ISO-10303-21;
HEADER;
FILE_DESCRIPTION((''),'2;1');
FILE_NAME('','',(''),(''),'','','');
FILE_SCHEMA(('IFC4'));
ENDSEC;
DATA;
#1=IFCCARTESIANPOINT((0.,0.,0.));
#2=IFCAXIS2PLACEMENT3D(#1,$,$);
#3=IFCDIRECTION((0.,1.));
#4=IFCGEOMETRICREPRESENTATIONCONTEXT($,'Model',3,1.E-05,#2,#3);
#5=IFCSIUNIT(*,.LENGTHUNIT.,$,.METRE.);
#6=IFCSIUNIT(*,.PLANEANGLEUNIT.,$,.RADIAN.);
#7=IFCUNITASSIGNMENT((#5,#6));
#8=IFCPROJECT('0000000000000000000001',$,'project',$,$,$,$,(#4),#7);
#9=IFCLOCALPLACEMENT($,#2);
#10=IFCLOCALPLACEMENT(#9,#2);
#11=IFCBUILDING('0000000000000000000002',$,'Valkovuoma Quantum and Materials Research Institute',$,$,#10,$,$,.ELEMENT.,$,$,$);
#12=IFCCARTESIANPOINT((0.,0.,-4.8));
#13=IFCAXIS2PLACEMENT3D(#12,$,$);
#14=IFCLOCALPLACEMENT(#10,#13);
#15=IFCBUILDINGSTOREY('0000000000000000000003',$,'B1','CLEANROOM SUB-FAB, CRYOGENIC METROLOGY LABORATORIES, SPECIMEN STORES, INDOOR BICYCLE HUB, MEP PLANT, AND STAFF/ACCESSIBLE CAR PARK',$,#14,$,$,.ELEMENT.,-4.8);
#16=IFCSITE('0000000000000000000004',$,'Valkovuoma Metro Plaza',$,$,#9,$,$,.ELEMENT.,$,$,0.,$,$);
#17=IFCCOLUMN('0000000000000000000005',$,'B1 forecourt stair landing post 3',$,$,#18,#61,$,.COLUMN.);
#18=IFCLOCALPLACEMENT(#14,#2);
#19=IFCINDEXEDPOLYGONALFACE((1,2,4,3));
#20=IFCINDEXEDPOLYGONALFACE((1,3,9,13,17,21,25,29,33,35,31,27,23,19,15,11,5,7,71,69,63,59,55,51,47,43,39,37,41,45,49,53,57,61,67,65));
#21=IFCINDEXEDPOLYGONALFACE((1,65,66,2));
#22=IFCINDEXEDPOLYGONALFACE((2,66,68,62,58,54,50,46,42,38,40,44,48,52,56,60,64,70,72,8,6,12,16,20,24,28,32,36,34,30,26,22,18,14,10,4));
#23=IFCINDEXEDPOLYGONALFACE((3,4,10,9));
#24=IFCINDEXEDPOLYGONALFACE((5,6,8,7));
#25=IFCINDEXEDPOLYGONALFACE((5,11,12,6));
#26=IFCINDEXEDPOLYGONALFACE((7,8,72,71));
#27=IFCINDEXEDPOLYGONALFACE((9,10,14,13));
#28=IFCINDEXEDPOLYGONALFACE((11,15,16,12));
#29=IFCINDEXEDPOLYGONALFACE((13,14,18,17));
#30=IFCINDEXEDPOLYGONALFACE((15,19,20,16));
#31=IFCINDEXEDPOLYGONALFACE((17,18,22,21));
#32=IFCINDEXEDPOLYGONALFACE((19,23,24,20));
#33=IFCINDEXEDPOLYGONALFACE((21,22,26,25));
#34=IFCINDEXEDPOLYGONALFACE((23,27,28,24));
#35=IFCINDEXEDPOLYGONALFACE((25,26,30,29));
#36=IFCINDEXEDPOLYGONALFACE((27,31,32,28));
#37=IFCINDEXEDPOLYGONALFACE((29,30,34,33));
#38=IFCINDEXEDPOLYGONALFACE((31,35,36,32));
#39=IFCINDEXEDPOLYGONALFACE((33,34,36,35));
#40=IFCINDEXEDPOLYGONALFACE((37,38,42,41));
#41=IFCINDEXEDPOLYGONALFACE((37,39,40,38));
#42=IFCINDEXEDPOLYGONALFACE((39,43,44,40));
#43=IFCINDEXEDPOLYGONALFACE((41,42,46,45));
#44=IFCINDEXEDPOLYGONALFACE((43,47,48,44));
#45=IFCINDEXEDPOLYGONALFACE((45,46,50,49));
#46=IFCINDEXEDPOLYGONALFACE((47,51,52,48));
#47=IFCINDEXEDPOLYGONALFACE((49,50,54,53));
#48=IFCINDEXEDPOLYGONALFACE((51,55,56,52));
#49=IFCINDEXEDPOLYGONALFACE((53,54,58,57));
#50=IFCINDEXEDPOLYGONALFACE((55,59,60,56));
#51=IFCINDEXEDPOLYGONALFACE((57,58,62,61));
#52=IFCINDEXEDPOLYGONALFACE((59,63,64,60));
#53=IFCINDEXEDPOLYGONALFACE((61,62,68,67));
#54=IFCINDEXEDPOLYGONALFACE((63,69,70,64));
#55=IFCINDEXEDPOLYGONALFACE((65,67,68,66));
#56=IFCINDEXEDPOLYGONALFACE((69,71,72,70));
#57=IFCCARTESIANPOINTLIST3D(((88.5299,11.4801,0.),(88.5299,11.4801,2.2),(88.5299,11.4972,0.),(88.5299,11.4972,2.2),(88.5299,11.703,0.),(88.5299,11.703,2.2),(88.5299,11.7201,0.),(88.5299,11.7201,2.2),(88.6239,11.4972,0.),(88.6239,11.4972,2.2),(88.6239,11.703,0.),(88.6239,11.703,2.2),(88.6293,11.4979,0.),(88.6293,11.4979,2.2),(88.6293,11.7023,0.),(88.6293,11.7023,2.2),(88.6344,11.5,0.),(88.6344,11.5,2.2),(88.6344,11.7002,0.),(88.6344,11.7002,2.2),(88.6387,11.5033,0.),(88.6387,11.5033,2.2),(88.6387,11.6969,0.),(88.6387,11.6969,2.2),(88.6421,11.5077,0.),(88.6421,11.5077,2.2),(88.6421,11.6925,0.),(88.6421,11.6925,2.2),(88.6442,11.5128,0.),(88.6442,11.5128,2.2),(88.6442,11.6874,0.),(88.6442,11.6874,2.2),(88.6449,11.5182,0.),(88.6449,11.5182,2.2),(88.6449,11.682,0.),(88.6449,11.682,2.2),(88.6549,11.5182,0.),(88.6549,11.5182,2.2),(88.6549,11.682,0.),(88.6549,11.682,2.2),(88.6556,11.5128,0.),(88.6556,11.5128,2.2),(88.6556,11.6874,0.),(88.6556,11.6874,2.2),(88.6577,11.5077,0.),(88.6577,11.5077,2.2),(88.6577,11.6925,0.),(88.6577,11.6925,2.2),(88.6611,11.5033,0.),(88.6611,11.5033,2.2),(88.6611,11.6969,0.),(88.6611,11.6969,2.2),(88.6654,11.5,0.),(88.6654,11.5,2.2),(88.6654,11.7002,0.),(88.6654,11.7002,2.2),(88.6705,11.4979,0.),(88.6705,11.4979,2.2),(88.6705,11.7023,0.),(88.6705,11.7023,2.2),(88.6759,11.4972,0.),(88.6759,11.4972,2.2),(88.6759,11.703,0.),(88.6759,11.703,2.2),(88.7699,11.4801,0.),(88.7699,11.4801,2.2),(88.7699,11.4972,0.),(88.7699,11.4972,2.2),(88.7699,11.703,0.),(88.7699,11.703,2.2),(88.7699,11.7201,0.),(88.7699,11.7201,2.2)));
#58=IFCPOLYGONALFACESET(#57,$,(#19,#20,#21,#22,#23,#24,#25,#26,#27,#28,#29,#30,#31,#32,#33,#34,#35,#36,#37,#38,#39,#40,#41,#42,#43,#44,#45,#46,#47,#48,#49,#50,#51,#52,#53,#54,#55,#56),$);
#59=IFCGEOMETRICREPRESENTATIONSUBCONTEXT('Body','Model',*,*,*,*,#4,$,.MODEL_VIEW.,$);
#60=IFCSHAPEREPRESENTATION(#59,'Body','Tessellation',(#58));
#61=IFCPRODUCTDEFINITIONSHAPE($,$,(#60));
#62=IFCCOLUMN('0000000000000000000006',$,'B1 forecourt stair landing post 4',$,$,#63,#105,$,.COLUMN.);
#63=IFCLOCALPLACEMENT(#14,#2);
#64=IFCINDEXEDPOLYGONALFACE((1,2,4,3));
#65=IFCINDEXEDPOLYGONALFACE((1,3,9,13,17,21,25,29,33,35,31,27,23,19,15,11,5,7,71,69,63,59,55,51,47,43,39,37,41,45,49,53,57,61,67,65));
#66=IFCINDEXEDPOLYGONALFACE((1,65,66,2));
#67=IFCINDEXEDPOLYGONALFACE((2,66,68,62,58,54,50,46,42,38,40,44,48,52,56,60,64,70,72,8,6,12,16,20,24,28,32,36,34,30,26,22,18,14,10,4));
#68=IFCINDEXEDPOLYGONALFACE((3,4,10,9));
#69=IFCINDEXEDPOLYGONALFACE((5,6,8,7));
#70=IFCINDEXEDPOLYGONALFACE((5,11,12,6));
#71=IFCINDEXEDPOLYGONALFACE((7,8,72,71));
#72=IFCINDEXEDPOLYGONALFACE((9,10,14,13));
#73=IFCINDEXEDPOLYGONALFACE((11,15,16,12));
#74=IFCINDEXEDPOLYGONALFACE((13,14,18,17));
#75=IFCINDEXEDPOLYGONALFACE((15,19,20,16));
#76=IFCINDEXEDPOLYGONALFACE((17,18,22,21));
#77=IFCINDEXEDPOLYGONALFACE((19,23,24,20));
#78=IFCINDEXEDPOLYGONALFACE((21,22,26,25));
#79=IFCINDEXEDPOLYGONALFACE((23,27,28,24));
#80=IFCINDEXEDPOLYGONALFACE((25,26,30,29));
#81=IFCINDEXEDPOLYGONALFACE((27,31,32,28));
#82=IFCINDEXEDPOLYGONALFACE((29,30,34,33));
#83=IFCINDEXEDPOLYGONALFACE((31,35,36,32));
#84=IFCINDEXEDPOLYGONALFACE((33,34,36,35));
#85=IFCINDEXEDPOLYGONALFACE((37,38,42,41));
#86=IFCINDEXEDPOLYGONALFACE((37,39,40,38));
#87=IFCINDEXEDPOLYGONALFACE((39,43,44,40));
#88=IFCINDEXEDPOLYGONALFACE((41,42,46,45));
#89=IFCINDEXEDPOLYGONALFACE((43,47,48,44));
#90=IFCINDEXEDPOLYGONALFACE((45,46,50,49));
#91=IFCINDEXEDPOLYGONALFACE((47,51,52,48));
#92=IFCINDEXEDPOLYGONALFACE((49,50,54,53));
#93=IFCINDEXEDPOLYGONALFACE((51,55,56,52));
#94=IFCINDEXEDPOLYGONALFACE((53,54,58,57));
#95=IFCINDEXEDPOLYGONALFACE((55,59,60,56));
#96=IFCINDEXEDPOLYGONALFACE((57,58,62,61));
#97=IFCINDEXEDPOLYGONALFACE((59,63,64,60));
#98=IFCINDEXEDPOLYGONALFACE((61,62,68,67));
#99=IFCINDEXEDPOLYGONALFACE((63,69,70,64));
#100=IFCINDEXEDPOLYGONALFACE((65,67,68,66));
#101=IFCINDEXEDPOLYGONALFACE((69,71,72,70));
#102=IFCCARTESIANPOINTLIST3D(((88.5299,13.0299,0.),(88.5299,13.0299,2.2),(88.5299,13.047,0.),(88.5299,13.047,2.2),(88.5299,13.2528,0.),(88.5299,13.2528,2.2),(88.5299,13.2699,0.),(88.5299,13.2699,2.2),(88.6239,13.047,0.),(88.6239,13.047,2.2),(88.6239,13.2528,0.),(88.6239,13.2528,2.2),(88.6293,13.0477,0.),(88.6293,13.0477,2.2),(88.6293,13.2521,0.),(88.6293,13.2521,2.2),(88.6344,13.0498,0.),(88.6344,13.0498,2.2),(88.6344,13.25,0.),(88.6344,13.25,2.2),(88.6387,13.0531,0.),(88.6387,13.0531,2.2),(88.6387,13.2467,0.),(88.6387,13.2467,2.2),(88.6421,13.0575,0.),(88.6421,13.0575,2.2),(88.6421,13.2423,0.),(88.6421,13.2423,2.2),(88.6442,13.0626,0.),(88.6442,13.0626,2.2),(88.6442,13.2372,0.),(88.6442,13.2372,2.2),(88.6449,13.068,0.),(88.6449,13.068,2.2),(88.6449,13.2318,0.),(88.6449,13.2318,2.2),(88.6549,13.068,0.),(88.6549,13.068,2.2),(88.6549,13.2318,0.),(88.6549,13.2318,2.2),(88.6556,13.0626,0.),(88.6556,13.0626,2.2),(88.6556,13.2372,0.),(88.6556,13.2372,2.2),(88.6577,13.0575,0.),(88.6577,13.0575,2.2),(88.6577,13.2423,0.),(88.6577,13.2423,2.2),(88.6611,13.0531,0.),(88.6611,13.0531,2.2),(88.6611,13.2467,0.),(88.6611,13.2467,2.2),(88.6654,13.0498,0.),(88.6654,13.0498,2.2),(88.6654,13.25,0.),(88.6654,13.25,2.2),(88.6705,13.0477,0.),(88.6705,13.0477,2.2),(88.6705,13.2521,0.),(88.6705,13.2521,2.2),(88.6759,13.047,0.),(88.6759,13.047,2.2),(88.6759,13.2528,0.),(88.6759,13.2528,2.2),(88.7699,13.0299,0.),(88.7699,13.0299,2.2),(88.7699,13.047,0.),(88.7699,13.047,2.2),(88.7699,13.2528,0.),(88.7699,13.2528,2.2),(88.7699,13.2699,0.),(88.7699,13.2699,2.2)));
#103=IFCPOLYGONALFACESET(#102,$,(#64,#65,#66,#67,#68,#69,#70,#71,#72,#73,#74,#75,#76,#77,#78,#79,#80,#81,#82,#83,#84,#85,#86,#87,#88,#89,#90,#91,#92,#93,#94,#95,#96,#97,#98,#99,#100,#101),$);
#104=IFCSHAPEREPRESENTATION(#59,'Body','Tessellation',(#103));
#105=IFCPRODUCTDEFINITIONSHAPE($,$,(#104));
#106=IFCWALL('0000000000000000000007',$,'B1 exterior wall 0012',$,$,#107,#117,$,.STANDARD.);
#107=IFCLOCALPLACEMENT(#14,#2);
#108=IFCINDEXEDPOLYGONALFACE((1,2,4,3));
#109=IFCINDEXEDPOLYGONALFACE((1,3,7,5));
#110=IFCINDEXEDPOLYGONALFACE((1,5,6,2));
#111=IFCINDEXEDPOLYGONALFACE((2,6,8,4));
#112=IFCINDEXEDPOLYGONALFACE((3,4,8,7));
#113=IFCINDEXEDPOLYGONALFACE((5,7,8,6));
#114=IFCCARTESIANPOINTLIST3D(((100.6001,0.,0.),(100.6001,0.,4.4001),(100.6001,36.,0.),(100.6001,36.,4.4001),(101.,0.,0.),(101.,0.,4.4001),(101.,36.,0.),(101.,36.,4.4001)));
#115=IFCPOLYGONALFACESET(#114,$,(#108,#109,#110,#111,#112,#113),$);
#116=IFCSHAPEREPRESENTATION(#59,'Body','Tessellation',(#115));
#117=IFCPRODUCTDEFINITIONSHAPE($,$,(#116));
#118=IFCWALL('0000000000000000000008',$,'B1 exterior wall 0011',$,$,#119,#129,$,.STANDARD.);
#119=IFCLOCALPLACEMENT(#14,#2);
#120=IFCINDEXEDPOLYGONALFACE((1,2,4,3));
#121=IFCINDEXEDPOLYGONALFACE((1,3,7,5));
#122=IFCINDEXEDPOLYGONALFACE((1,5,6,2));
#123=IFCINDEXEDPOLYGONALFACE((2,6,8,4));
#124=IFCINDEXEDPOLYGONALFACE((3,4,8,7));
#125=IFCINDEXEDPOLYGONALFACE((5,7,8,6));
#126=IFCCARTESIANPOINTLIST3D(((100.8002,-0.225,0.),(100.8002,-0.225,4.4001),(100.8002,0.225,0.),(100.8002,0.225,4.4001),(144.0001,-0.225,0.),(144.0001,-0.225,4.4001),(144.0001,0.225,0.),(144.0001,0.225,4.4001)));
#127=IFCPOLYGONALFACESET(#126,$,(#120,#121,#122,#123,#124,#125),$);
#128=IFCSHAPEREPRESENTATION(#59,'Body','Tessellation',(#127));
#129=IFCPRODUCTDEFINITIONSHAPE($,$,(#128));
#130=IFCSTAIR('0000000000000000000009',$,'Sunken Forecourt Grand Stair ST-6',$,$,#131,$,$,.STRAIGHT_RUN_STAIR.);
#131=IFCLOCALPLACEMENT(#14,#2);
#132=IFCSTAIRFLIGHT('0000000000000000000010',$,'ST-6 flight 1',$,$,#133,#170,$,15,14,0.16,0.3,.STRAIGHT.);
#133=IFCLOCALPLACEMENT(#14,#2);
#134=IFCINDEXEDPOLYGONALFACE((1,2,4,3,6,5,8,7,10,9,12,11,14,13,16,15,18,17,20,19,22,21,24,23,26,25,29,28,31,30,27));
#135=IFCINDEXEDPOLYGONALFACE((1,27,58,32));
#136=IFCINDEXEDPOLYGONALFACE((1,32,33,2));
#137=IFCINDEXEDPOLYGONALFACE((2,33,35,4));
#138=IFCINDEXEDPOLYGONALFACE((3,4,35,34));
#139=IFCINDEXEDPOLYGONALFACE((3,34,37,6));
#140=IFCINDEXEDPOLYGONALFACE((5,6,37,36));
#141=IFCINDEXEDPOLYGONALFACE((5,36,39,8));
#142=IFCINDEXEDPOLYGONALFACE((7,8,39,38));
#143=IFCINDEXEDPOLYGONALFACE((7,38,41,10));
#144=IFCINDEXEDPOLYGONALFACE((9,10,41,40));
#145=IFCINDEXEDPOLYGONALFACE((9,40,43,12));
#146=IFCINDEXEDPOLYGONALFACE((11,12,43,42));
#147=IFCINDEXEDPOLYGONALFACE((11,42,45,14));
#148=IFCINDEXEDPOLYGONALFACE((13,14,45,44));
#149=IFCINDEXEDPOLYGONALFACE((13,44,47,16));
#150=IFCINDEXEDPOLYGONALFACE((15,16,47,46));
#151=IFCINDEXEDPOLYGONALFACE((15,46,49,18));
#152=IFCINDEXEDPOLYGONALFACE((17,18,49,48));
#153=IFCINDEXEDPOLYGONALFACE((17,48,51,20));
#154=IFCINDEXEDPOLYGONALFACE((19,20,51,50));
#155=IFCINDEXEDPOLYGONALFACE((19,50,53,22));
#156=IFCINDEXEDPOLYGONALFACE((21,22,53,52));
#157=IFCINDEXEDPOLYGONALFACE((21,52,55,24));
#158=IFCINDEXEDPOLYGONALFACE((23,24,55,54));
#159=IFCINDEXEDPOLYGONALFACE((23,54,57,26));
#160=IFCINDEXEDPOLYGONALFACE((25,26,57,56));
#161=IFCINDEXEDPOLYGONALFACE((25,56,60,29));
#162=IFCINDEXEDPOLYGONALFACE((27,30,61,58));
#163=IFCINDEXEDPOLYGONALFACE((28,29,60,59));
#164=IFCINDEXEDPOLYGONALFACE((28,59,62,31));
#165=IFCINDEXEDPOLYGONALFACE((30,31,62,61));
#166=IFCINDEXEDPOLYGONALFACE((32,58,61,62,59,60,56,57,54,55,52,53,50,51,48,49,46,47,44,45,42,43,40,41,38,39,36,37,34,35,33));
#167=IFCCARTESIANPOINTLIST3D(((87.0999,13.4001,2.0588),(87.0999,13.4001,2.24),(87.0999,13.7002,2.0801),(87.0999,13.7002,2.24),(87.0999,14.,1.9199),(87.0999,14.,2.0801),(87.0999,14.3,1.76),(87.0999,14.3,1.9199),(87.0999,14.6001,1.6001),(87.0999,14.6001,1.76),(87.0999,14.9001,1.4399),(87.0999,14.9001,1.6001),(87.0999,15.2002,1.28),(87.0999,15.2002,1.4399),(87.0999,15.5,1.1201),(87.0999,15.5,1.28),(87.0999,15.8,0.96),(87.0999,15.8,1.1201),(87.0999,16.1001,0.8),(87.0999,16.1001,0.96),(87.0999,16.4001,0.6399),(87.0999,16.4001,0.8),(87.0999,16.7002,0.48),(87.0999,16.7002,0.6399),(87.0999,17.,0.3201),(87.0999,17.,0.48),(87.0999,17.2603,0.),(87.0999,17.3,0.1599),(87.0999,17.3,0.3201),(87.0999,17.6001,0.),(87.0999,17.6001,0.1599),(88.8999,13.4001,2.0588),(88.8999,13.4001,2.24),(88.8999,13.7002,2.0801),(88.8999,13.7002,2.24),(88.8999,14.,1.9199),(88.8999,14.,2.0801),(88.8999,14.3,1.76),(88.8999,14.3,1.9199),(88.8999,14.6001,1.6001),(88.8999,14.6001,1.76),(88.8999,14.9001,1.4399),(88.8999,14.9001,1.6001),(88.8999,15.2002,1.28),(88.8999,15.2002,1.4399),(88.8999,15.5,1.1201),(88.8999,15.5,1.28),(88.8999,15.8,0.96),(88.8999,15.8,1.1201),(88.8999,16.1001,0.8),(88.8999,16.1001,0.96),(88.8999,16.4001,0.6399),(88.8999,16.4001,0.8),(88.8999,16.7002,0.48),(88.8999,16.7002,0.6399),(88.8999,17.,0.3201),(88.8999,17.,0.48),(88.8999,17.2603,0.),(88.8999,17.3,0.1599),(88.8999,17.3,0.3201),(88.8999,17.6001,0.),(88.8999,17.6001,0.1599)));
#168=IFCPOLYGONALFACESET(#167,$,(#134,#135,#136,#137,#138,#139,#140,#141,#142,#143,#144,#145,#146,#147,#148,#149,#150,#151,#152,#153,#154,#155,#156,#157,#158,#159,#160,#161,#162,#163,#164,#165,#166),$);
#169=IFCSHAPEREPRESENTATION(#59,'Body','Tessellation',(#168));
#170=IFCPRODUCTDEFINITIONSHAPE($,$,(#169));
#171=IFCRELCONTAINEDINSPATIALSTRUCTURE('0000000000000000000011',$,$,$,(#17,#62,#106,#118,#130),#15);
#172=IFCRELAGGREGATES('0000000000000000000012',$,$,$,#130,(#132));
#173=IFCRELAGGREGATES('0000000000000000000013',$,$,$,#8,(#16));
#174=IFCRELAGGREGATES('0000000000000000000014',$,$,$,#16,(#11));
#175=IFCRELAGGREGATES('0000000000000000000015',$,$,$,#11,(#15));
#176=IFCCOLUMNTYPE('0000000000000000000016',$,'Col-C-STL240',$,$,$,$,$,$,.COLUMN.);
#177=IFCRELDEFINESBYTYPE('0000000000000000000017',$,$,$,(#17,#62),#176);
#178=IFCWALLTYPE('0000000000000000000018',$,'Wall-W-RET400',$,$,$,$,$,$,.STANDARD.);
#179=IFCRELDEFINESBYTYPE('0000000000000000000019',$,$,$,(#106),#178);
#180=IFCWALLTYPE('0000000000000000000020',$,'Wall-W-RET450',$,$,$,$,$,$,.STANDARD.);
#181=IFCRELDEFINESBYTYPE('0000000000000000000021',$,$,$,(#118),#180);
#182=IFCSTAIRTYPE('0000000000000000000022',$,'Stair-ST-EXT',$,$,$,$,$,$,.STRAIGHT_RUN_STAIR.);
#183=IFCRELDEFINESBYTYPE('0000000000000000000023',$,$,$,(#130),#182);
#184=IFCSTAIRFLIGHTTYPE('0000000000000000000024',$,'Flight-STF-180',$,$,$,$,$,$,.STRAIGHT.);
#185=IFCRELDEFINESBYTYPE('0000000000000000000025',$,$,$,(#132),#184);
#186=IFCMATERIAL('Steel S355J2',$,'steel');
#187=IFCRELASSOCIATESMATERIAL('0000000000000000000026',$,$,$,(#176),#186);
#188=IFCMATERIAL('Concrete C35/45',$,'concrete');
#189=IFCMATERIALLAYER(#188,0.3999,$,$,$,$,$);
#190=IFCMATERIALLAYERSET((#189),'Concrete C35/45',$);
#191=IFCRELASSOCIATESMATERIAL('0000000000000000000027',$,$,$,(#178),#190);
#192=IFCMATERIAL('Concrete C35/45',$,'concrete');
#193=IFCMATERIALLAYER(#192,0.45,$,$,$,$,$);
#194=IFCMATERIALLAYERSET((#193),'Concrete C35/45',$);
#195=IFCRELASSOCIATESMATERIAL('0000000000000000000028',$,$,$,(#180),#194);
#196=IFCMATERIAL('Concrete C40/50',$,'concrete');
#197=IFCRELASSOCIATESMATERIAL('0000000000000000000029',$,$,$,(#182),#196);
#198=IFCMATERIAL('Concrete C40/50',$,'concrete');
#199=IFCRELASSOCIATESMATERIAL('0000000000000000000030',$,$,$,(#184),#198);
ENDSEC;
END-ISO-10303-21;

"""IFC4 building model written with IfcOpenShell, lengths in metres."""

from ifc_helpers import new_model, si_unit, direction, frame, frame_2d, origin, origin_2d, place, context, subcontext, project, spatial, polyline, rectangle, i_section, outline, extrude, material, layer, layer_set, material_profile, profile_set, type_object, element, aggregate, save


model = new_model("IFC4")

# Units and contexts
model_context = context("Model", 3, precision=1e-05, world=origin(), true_north=direction((0.0, 1.0)))
body_context = subcontext(model_context, "Body", "Model", "MODEL_VIEW")
ifc_project = project(units=[si_unit("LENGTHUNIT", "METRE"), si_unit("PLANEANGLEUNIT", "RADIAN")], contexts=[model_context])

# Site, building, storey
site_placement = place(None, origin())
site = spatial("IfcSite", under=ifc_project, at=site_placement, Name="Valkovuoma Metro Plaza", CompositionType="ELEMENT", RefElevation=0.0)
building_placement = place(site_placement, origin())
building = spatial("IfcBuilding", under=site, at=building_placement, Name="Valkovuoma Quantum and Materials Research Institute", CompositionType="ELEMENT")
storey_placement = place(building_placement, frame((0.0, 0.0, -4.8)))
storey = spatial("IfcBuildingStorey", under=building, at=storey_placement, Name="B1", Description="CLEANROOM SUB-FAB, CRYOGENIC METROLOGY LABORATORIES, SPECIMEN STORES, INDOOR BICYCLE HUB, MEP PLANT, AND STAFF/ACCESSIBLE CAR PARK", CompositionType="ELEMENT", Elevation=-4.8)

# Columns
ifc_material_1 = material(Name="Steel S355J2", Category="steel")
ifc_material_profile_1 = material_profile(ifc_material_1, i_section(OverallWidth=0.24, OverallDepth=0.24, WebThickness=0.01, FlangeThickness=0.0171, FilletRadius=0.021, at=origin_2d()), Name="Steel S355J2")
ifc_profile_set_1 = profile_set([ifc_material_profile_1], Name="Steel S355J2")
column_type_1 = type_object("IfcColumnType", Name="Col-C-STL240", PredefinedType="COLUMN", material=ifc_profile_set_1)
for number, where, z_axis, x_axis, name in (
    (1, (88.6499, 11.6001, 0.0), (0.0, 0.0, 1.0), (1.0, 0.0, 0.0), "B1 forecourt stair landing post 3"),
    (2, (88.6499, 13.1499, 0.0), (0.0, 0.0, 1.0), (1.0, 0.0, 0.0), "B1 forecourt stair landing post 4"),
):
    element("IfcColumn", number, at=place(storey_placement, frame(where, z_axis=z_axis, x_axis=x_axis)), inside=storey, type_object=column_type_1, Name=name, PredefinedType="COLUMN", context=body_context, shape_type="SweptSolid", body=[
        extrude(i_section(OverallWidth=0.24, OverallDepth=0.24, WebThickness=0.01, FlangeThickness=0.0171, FilletRadius=0.021, at=origin_2d()), origin(), (0.0, 0.0, 1.0), 2.2),
    ])

# Walls
ifc_material_2 = material(Name="Concrete C35/45", Category="concrete")
ifc_layer_1 = layer(ifc_material_2, 0.3999)
ifc_layer_set_1 = layer_set([ifc_layer_1], Name="Concrete C35/45")
wall_type_1 = type_object("IfcWallType", Name="Wall-W-RET400", PredefinedType="STANDARD", material=ifc_layer_set_1)
wall_1_placement = place(storey_placement, frame((100.8, 0.0, 0.0), z_axis=(0.0, 0.0, 1.0), x_axis=(0.0, 1.0, 0.0)))
element("IfcWall", 3, at=wall_1_placement, inside=storey, type_object=wall_type_1, Name="B1 exterior wall 0012", PredefinedType="STANDARD", context=body_context, shape_type="SweptSolid", body=[
    extrude(rectangle(XDim=36.0, YDim=0.3999, at=frame_2d((18.0, 0.0))), origin(), (0.0, 0.0, 1.0), 4.4001),
])
ifc_material_3 = material(Name="Concrete C35/45", Category="concrete")
ifc_layer_2 = layer(ifc_material_3, 0.45)
ifc_layer_set_2 = layer_set([ifc_layer_2], Name="Concrete C35/45")
wall_type_2 = type_object("IfcWallType", Name="Wall-W-RET450", PredefinedType="STANDARD", material=ifc_layer_set_2)
wall_2_placement = place(storey_placement, frame((100.8, 0.0, 0.0), z_axis=(0.0, 0.0, 1.0), x_axis=(1.0, 0.0, 0.0)))
element("IfcWall", 4, at=wall_2_placement, inside=storey, type_object=wall_type_2, Name="B1 exterior wall 0011", PredefinedType="STANDARD", context=body_context, shape_type="SweptSolid", body=[
    extrude(rectangle(XDim=43.2, YDim=0.45, at=frame_2d((21.6001, 0.0))), origin(), (0.0, 0.0, 1.0), 4.4001),
])

# Stair, stair flight
ifc_material_4 = material(Name="Concrete C40/50", Category="concrete")
stair_type = type_object("IfcStairType", Name="Stair-ST-EXT", PredefinedType="STRAIGHT_RUN_STAIR", material=ifc_material_4)
stair_placement = place(storey_placement, origin())
stair = element("IfcStair", 5, at=stair_placement, inside=storey, type_object=stair_type, Name="Sunken Forecourt Grand Stair ST-6", PredefinedType="STRAIGHT_RUN_STAIR")
ifc_material_5 = material(Name="Concrete C40/50", Category="concrete")
stair_flight_type = type_object("IfcStairFlightType", Name="Flight-STF-180", PredefinedType="STRAIGHT", material=ifc_material_5)
stair_flight_1_placement = place(storey_placement, frame((88.0, 17.6001, 0.0), z_axis=(0.0, 0.0, 1.0), x_axis=(0.0, -1.0, 0.0)))
stair_flight_1 = element("IfcStairFlight", 6, at=stair_flight_1_placement, type_object=stair_flight_type, Name="ST-6 flight 1", NumberOfRisers=15, NumberOfTreads=14, PredefinedType="STRAIGHT", RiserHeight=0.16, TreadLength=0.3, context=body_context, shape_type="SweptSolid", body=[
    extrude(outline(polyline([(0.0, 0.0), (0.0, 0.1599), (0.3, 0.1599), (0.3, 0.3201), (0.6001, 0.3201), (0.6001, 0.48), (0.8999, 0.48), (0.8999, 0.6399), (1.2, 0.6399), (1.2, 0.8), (1.5, 0.8), (1.5, 0.96), (1.8, 0.96), (1.8, 1.1201), (2.1001, 1.1201), (2.1001, 1.28), (2.3999, 1.28), (2.3999, 1.4399), (2.7, 1.4399), (2.7, 1.6001), (3.0, 1.6001), (3.0, 1.76), (3.3, 1.76), (3.3, 1.9199), (3.6001, 1.9199), (3.6001, 2.0801), (3.8999, 2.0801), (3.8999, 2.24), (4.2, 2.24), (4.2, 2.3999), (4.2, 2.0588), (0.3398, 0.0), (0.0, 0.0)])), frame((0.0, 0.8999, 0.0), z_axis=(0.0, -1.0, 0.0), x_axis=(1.0, 0.0, 0.0)), (0.0, 0.0, 1.0), 1.8),
])
aggregate(stair, [stair_flight_1])

save(model, "model.ifc")
